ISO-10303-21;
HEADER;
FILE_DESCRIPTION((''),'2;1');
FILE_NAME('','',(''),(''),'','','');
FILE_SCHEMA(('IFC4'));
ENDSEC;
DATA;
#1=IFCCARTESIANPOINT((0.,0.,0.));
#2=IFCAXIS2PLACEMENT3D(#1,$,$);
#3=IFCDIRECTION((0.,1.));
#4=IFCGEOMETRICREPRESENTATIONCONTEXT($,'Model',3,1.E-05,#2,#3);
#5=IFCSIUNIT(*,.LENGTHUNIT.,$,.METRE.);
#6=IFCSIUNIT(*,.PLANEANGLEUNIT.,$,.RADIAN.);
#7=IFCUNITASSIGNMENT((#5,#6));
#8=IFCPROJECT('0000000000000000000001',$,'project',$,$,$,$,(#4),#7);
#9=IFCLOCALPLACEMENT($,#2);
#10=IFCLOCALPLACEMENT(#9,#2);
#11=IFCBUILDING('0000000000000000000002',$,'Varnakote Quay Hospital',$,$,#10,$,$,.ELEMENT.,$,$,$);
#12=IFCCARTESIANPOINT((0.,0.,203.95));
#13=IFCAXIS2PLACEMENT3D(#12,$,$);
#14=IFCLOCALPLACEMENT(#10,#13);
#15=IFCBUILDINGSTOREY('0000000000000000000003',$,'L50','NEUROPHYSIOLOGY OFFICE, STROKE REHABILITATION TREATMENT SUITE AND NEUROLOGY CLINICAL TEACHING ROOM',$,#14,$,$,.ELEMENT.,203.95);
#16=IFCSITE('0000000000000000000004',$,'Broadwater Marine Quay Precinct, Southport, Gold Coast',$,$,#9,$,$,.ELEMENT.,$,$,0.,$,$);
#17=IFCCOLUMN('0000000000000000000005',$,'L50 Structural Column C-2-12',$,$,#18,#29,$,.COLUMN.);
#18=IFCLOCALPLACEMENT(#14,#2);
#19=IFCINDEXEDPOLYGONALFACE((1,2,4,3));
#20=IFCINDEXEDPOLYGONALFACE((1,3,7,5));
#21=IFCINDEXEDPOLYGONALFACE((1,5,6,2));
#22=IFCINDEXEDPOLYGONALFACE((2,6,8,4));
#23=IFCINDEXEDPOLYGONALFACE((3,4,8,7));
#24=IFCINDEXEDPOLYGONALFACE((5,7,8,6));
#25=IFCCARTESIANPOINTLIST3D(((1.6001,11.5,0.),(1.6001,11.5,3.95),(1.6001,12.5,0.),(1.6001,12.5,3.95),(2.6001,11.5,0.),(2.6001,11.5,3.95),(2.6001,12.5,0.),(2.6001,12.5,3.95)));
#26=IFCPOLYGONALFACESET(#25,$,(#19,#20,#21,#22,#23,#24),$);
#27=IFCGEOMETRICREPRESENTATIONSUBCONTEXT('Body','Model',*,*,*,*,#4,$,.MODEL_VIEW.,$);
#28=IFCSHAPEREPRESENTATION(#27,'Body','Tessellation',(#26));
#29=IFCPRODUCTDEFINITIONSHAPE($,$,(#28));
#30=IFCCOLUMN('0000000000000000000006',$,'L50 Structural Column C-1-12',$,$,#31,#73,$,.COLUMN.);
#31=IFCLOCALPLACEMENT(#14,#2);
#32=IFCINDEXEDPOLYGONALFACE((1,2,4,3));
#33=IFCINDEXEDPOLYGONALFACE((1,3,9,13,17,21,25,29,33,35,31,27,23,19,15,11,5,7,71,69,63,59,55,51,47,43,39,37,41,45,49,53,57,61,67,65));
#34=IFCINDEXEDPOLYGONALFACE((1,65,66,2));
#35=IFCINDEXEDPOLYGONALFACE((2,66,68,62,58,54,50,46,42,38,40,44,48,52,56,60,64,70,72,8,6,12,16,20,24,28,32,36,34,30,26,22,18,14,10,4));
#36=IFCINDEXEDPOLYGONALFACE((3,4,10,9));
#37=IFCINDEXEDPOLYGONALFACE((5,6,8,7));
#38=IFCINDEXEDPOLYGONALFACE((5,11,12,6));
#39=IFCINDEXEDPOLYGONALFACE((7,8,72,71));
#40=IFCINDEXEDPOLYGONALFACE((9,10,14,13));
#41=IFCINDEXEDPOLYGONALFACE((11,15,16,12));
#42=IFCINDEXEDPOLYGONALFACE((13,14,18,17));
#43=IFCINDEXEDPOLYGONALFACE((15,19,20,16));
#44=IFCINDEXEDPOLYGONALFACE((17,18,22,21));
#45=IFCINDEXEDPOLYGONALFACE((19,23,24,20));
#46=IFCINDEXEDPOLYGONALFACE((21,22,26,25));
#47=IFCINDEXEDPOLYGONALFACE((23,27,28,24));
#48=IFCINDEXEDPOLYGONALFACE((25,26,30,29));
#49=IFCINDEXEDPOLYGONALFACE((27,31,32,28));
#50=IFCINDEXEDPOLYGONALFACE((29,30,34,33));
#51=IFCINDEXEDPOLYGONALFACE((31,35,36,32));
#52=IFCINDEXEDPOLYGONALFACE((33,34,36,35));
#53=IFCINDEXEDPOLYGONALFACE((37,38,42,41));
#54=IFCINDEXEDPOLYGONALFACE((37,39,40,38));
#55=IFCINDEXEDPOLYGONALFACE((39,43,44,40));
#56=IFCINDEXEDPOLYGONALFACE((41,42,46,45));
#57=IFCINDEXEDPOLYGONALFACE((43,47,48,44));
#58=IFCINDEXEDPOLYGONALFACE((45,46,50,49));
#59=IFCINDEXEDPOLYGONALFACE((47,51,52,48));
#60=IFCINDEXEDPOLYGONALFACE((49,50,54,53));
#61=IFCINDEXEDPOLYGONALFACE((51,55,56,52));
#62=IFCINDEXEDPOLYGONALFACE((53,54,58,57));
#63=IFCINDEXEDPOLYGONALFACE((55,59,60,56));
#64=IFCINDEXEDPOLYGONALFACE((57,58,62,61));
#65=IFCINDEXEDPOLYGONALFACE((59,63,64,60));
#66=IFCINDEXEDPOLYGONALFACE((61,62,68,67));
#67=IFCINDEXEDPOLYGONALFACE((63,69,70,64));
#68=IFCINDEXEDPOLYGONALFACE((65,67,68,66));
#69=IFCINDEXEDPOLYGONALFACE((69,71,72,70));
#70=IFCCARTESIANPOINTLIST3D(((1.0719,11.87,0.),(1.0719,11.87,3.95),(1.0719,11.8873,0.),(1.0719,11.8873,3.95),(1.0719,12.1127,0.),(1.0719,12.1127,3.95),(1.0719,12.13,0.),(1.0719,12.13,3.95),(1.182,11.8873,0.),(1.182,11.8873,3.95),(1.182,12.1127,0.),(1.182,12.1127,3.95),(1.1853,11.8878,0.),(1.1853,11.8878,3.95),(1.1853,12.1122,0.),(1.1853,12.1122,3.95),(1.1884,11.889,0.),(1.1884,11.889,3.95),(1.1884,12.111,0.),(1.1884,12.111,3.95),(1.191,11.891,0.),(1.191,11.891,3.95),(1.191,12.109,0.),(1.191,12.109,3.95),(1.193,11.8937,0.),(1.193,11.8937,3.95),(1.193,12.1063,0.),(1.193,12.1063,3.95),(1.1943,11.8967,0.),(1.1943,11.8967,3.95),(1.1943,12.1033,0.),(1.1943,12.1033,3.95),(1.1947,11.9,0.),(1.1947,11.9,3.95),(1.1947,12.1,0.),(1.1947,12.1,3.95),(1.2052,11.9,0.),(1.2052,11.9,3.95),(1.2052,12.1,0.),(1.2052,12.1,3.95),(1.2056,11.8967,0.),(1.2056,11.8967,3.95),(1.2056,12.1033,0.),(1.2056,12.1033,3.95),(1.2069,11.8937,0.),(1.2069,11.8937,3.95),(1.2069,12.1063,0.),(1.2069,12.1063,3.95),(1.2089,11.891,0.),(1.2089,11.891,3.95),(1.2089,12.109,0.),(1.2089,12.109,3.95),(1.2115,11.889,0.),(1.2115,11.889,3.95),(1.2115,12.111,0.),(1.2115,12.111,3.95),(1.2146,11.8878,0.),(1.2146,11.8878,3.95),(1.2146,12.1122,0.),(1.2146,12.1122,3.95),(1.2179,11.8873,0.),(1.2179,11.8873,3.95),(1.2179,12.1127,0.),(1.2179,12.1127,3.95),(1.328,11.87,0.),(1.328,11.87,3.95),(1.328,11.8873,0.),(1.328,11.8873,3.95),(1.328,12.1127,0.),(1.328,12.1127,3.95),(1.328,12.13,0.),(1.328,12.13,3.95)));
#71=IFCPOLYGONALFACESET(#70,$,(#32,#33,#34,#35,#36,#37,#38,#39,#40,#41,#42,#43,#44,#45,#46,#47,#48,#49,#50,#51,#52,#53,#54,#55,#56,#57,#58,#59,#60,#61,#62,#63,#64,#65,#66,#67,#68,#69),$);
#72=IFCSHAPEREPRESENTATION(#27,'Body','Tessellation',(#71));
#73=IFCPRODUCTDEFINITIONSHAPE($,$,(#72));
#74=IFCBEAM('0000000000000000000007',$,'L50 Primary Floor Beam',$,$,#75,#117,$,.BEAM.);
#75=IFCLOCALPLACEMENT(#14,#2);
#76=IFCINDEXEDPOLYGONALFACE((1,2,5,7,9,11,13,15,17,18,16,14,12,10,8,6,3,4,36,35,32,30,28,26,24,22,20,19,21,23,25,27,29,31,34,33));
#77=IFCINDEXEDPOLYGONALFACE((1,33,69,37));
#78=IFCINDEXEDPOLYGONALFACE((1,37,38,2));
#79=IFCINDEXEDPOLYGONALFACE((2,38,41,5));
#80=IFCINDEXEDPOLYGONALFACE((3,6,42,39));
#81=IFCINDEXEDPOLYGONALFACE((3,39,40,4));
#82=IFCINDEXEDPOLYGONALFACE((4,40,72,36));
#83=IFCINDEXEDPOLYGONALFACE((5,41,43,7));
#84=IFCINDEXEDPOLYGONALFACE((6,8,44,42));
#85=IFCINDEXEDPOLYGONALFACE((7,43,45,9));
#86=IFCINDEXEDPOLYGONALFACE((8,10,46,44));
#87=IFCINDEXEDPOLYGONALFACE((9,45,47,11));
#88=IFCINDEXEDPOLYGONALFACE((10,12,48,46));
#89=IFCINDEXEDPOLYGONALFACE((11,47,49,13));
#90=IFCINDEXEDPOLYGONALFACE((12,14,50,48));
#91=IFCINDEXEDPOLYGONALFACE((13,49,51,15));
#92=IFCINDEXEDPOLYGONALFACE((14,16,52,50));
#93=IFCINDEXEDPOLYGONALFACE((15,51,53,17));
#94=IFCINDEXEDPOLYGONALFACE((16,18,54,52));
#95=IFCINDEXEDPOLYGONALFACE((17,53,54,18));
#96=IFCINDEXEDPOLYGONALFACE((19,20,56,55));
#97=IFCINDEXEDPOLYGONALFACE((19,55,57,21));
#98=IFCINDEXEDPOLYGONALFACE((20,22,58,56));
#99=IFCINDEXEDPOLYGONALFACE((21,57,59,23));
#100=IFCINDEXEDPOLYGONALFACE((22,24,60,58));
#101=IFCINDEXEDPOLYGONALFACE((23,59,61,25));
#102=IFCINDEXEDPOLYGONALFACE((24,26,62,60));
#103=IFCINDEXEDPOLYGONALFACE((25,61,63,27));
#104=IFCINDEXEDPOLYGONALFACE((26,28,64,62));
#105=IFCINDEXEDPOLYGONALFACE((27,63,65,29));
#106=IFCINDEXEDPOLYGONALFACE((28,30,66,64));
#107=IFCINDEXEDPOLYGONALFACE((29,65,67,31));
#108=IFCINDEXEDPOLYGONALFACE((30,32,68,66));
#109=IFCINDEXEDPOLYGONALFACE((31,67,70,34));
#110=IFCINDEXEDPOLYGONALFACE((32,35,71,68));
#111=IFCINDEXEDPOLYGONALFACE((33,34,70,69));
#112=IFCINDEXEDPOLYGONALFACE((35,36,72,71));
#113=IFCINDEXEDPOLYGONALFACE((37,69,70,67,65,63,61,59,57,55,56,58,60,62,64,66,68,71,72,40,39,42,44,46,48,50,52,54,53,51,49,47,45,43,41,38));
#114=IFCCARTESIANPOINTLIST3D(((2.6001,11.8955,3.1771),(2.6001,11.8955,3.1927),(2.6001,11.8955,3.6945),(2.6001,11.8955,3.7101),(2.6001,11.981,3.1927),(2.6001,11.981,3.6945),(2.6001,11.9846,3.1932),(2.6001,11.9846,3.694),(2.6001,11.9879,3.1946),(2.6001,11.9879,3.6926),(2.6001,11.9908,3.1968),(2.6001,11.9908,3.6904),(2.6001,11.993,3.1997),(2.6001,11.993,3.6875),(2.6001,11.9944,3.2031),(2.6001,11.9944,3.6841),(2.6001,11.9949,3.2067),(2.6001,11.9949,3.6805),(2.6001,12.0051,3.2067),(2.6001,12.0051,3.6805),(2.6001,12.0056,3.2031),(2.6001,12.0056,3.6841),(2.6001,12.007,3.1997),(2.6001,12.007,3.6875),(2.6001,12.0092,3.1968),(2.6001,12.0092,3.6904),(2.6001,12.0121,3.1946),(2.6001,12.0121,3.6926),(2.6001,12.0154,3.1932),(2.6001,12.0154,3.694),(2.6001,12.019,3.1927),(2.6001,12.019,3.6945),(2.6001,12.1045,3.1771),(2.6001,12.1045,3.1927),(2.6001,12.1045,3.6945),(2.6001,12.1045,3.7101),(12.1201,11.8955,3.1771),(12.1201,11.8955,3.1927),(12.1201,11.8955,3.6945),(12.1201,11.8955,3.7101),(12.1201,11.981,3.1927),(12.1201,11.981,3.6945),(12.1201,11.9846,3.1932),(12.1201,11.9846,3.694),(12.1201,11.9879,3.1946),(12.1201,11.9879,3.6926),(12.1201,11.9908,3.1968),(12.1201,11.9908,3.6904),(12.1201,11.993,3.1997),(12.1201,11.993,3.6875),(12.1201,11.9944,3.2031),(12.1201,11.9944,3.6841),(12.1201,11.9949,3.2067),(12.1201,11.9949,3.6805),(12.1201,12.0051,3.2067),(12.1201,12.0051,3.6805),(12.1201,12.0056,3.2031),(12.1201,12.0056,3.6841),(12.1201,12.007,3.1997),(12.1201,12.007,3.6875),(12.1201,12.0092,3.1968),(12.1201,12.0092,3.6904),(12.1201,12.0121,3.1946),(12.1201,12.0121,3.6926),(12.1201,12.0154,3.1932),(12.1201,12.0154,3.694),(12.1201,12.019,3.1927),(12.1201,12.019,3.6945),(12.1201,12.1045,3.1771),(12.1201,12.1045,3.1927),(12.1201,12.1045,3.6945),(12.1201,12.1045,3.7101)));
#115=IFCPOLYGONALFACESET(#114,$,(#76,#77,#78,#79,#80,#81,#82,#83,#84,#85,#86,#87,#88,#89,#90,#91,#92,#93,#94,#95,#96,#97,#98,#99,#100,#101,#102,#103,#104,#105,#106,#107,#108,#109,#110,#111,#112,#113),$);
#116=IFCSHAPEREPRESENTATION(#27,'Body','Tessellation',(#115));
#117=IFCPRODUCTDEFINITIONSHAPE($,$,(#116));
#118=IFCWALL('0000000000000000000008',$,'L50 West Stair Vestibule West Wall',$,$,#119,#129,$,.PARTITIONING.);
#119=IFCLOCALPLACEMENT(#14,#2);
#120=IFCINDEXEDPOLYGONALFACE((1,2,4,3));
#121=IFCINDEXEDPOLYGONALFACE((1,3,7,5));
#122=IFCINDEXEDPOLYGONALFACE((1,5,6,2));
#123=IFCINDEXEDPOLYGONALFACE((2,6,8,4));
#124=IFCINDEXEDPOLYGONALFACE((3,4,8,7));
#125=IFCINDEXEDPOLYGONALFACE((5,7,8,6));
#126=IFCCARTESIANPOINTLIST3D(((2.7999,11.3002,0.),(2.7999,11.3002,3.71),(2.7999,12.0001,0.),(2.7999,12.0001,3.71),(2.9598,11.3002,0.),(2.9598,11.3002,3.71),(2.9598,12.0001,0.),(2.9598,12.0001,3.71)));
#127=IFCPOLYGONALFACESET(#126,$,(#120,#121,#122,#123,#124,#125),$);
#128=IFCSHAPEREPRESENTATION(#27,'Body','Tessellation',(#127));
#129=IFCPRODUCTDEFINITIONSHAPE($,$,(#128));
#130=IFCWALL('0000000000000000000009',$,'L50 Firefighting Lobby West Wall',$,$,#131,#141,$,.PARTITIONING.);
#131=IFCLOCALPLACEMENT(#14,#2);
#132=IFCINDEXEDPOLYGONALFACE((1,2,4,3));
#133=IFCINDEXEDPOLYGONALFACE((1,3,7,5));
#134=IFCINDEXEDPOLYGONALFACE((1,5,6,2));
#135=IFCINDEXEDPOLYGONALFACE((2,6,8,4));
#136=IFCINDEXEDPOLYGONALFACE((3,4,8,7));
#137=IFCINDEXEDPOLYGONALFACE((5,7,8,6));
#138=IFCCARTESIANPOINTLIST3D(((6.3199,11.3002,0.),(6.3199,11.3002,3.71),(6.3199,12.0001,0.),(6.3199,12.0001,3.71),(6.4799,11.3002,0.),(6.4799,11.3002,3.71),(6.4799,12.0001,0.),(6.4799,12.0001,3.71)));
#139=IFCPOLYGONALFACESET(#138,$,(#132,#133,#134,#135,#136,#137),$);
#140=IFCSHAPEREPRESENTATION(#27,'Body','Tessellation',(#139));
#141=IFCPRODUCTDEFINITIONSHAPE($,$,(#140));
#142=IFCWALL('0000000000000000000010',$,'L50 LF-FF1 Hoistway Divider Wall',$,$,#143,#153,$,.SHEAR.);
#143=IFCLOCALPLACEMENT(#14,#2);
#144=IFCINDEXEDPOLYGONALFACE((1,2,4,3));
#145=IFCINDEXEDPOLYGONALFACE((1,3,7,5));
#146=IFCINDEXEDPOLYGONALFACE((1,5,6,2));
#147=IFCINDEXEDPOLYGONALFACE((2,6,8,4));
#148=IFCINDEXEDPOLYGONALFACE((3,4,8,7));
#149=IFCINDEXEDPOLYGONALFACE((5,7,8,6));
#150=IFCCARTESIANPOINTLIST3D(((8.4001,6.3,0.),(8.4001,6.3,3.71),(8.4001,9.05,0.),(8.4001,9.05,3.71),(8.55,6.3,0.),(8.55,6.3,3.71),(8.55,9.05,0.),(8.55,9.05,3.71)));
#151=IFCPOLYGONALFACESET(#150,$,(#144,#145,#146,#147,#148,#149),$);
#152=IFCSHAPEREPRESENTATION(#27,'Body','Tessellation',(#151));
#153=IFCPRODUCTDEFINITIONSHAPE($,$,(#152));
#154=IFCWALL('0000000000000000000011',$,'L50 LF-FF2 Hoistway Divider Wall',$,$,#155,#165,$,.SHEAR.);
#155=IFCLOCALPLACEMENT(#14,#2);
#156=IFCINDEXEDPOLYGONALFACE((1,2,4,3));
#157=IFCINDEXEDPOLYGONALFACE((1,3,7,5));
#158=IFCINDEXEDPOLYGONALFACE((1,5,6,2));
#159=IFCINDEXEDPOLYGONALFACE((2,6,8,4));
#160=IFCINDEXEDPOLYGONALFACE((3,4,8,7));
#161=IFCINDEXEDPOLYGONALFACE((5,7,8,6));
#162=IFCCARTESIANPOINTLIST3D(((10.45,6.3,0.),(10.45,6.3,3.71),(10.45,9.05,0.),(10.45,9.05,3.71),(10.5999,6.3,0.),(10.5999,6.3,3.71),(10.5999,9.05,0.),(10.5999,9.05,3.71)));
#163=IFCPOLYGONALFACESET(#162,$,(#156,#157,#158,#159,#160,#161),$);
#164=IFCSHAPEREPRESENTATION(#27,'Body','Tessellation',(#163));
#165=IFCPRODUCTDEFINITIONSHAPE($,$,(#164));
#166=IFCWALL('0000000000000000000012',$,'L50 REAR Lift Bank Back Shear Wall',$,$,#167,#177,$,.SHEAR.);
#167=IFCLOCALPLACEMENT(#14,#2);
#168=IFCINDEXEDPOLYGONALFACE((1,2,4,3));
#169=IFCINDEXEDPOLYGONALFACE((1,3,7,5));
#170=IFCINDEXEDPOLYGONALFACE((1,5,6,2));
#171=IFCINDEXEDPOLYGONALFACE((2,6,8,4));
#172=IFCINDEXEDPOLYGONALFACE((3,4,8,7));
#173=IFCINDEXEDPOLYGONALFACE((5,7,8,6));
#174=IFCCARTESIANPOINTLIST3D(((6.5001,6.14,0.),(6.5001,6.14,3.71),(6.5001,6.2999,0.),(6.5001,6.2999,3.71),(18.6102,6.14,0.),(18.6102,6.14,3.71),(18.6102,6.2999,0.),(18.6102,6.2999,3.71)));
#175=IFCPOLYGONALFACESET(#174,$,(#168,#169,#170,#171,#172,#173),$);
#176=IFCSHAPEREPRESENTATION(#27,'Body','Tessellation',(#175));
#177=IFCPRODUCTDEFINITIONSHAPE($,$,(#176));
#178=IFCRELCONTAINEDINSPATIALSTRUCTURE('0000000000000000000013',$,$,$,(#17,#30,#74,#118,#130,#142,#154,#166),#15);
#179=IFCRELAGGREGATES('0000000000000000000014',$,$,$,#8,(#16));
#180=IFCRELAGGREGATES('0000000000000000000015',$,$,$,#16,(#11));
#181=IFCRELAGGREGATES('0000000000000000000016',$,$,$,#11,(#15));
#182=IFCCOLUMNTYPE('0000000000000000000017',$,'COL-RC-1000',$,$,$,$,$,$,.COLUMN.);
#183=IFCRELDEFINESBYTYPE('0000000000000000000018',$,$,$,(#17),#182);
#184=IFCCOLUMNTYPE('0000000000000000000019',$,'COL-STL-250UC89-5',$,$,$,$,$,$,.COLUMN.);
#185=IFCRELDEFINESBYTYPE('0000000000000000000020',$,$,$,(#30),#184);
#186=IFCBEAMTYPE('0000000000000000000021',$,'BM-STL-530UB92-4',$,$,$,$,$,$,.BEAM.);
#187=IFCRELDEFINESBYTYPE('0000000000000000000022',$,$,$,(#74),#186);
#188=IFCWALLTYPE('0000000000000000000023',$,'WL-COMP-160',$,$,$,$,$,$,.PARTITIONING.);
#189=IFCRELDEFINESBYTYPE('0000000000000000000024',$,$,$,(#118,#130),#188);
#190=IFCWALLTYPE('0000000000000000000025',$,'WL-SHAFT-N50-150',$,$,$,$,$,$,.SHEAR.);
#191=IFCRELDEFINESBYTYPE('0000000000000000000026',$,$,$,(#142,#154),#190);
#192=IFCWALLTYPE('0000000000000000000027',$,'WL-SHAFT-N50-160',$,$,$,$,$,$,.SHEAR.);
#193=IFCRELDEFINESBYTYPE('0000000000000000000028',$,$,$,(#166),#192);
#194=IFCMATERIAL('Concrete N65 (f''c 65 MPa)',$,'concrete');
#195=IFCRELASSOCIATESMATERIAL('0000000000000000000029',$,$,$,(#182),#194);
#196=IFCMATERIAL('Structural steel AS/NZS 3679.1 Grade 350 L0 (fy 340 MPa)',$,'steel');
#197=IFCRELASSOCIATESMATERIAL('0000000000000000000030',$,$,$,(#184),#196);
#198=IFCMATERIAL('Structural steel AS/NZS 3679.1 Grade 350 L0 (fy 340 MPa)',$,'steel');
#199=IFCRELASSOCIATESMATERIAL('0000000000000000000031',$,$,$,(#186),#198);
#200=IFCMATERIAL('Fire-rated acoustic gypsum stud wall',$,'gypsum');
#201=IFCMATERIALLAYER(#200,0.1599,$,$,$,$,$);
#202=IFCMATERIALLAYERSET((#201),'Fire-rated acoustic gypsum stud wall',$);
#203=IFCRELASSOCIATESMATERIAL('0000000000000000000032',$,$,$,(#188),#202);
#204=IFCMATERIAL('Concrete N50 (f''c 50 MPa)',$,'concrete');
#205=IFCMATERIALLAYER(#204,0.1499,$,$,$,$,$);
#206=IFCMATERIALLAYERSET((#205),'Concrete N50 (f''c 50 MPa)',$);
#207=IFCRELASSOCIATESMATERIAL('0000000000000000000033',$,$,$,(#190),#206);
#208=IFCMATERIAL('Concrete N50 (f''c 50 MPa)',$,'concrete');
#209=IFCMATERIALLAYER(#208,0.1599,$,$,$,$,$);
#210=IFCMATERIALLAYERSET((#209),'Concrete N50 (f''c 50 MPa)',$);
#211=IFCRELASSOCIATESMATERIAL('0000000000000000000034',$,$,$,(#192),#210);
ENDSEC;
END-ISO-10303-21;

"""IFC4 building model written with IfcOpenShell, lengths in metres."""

from ifc_helpers import new_model, si_unit, direction, frame, frame_2d, origin, origin_2d, place, context, subcontext, project, spatial, rectangle, i_section, extrude, material, layer, layer_set, material_profile, profile_set, type_object, element, save


model = new_model("IFC4")

# Units and contexts
model_context = context("Model", 3, precision=1e-05, world=origin(), true_north=direction((0.0, 1.0)))
body_context = subcontext(model_context, "Body", "Model", "MODEL_VIEW")
ifc_project = project(units=[si_unit("LENGTHUNIT", "METRE"), si_unit("PLANEANGLEUNIT", "RADIAN")], contexts=[model_context])

# Site, building, storey
site_placement = place(None, origin())
site = spatial("IfcSite", under=ifc_project, at=site_placement, Name="Broadwater Marine Quay Precinct, Southport, Gold Coast", CompositionType="ELEMENT", RefElevation=0.0)
building_placement = place(site_placement, origin())
building = spatial("IfcBuilding", under=site, at=building_placement, Name="Varnakote Quay Hospital", CompositionType="ELEMENT")
storey_placement = place(building_placement, frame((0.0, 0.0, 203.95)))
storey = spatial("IfcBuildingStorey", under=building, at=storey_placement, Name="L50", Description="NEUROPHYSIOLOGY OFFICE, STROKE REHABILITATION TREATMENT SUITE AND NEUROLOGY CLINICAL TEACHING ROOM", CompositionType="ELEMENT", Elevation=203.95)

# Columns
ifc_material_1 = material(Name="Concrete N65 (f'c 65 MPa)", Category="concrete")
ifc_material_profile_1 = material_profile(ifc_material_1, rectangle(XDim=1.0, YDim=1.0, at=origin_2d()), Name="RC-COL-1000x1000")
ifc_profile_set_1 = profile_set([ifc_material_profile_1], Name="Concrete N65 (f'c 65 MPa)")
column_type_1 = type_object("IfcColumnType", Name="COL-RC-1000", PredefinedType="COLUMN", material=ifc_profile_set_1)
column_1_placement = place(storey_placement, frame((2.1001, 12.0, 0.0), z_axis=(0.0, 0.0, 1.0), x_axis=(1.0, 0.0, 0.0)))
element("IfcColumn", 1, at=column_1_placement, inside=storey, type_object=column_type_1, Name="L50 Structural Column C-2-12", PredefinedType="COLUMN", context=body_context, shape_type="SweptSolid", body=[
    extrude(rectangle(XDim=1.0, YDim=1.0, at=origin_2d()), origin(), (0.0, 0.0, 1.0), 3.95),
])
ifc_material_2 = material(Name="Structural steel AS/NZS 3679.1 Grade 350 L0 (fy 340 MPa)", Category="steel")
ifc_material_profile_2 = material_profile(ifc_material_2, i_section(OverallWidth=0.2561, OverallDepth=0.26, WebThickness=0.0105, FlangeThickness=0.0173, FilletRadius=0.0127, at=origin_2d()), Name="250UC89.5")
ifc_profile_set_2 = profile_set([ifc_material_profile_2], Name="Structural steel AS/NZS 3679.1 Grade 350 L0 (fy 340 MPa)")
column_type_2 = type_object("IfcColumnType", Name="COL-STL-250UC89-5", PredefinedType="COLUMN", material=ifc_profile_set_2)
column_2_placement = place(storey_placement, frame((1.2, 12.0, 0.0), z_axis=(0.0, 0.0, 1.0), x_axis=(1.0, 0.0, 0.0)))
element("IfcColumn", 2, at=column_2_placement, inside=storey, type_object=column_type_2, Name="L50 Structural Column C-1-12", PredefinedType="COLUMN", context=body_context, shape_type="SweptSolid", body=[
    extrude(i_section(OverallWidth=0.2561, OverallDepth=0.26, WebThickness=0.0105, FlangeThickness=0.0173, FilletRadius=0.0127, at=origin_2d()), origin(), (0.0, 0.0, 1.0), 3.95),
])

# Beam
ifc_material_3 = material(Name="Structural steel AS/NZS 3679.1 Grade 350 L0 (fy 340 MPa)", Category="steel")
ifc_material_profile_3 = material_profile(ifc_material_3, i_section(OverallWidth=0.209, OverallDepth=0.533, WebThickness=0.0103, FlangeThickness=0.0156, FilletRadius=0.0139, at=origin_2d()), Name="530UB92.4")
ifc_profile_set_3 = profile_set([ifc_material_profile_3], Name="Structural steel AS/NZS 3679.1 Grade 350 L0 (fy 340 MPa)")
beam_type = type_object("IfcBeamType", Name="BM-STL-530UB92-4", PredefinedType="BEAM", material=ifc_profile_set_3)
beam_placement = place(storey_placement, frame((2.6001, 12.0, 3.4436), z_axis=(1.0, 0.0, 0.0), x_axis=(0.0, 1.0, 0.0)))
element("IfcBeam", 3, at=beam_placement, inside=storey, type_object=beam_type, Name="L50 Primary Floor Beam", PredefinedType="BEAM", context=body_context, shape_type="SweptSolid", body=[
    extrude(i_section(OverallWidth=0.209, OverallDepth=0.533, WebThickness=0.0103, FlangeThickness=0.0156, FilletRadius=0.0139, at=origin_2d()), origin(), (0.0, 0.0, 1.0), 9.52),
])

# Walls
ifc_material_4 = material(Name="Fire-rated acoustic gypsum stud wall", Category="gypsum")
ifc_layer_1 = layer(ifc_material_4, 0.1599)
ifc_layer_set_1 = layer_set([ifc_layer_1], Name="Fire-rated acoustic gypsum stud wall")
wall_type_1 = type_object("IfcWallType", Name="WL-COMP-160", PredefinedType="PARTITIONING", material=ifc_layer_set_1)
for number, where, z_axis, x_axis, name in (
    (4, (2.8799, 11.3, 0.0), (0.0, 0.0, 1.0), (0.0, 1.0, 0.0), "L50 West Stair Vestibule West Wall"),
    (5, (6.3999, 11.3, 0.0), (0.0, 0.0, 1.0), (0.0, 1.0, 0.0), "L50 Firefighting Lobby West Wall"),
):
    element("IfcWall", number, at=place(storey_placement, frame(where, z_axis=z_axis, x_axis=x_axis)), inside=storey, type_object=wall_type_1, Name=name, PredefinedType="PARTITIONING", context=body_context, shape_type="SweptSolid", body=[
        extrude(rectangle(XDim=0.7, YDim=0.1599, at=frame_2d((0.3501, 0.0))), origin(), (0.0, 0.0, 1.0), 3.71),
    ])
ifc_material_5 = material(Name="Concrete N50 (f'c 50 MPa)", Category="concrete")
ifc_layer_2 = layer(ifc_material_5, 0.1499)
ifc_layer_set_2 = layer_set([ifc_layer_2], Name="Concrete N50 (f'c 50 MPa)")
wall_type_2 = type_object("IfcWallType", Name="WL-SHAFT-N50-150", PredefinedType="SHEAR", material=ifc_layer_set_2)
for number, where, z_axis, x_axis, name in (
    (6, (8.4751, 6.3, 0.0), (0.0, 0.0, 1.0), (0.0, 1.0, 0.0), "L50 LF-FF1 Hoistway Divider Wall"),
    (7, (10.5249, 6.3, 0.0), (0.0, 0.0, 1.0), (0.0, 1.0, 0.0), "L50 LF-FF2 Hoistway Divider Wall"),
):
    element("IfcWall", number, at=place(storey_placement, frame(where, z_axis=z_axis, x_axis=x_axis)), inside=storey, type_object=wall_type_2, Name=name, PredefinedType="SHEAR", context=body_context, shape_type="SweptSolid", body=[
        extrude(rectangle(XDim=2.75, YDim=0.1499, at=frame_2d((1.375, 0.0))), origin(), (0.0, 0.0, 1.0), 3.71),
    ])
ifc_material_6 = material(Name="Concrete N50 (f'c 50 MPa)", Category="concrete")
ifc_layer_3 = layer(ifc_material_6, 0.1599)
ifc_layer_set_3 = layer_set([ifc_layer_3], Name="Concrete N50 (f'c 50 MPa)")
wall_type_3 = type_object("IfcWallType", Name="WL-SHAFT-N50-160", PredefinedType="SHEAR", material=ifc_layer_set_3)
wall_1_placement = place(storey_placement, frame((6.5, 6.22, 0.0), z_axis=(0.0, 0.0, 1.0), x_axis=(1.0, 0.0, 0.0)))
element("IfcWall", 8, at=wall_1_placement, inside=storey, type_object=wall_type_3, Name="L50 REAR Lift Bank Back Shear Wall", PredefinedType="SHEAR", context=body_context, shape_type="SweptSolid", body=[
    extrude(rectangle(XDim=12.1101, YDim=0.1599, at=frame_2d((6.0552, 0.0))), origin(), (0.0, 0.0, 1.0), 3.71),
])

save(model, "model.ifc")
